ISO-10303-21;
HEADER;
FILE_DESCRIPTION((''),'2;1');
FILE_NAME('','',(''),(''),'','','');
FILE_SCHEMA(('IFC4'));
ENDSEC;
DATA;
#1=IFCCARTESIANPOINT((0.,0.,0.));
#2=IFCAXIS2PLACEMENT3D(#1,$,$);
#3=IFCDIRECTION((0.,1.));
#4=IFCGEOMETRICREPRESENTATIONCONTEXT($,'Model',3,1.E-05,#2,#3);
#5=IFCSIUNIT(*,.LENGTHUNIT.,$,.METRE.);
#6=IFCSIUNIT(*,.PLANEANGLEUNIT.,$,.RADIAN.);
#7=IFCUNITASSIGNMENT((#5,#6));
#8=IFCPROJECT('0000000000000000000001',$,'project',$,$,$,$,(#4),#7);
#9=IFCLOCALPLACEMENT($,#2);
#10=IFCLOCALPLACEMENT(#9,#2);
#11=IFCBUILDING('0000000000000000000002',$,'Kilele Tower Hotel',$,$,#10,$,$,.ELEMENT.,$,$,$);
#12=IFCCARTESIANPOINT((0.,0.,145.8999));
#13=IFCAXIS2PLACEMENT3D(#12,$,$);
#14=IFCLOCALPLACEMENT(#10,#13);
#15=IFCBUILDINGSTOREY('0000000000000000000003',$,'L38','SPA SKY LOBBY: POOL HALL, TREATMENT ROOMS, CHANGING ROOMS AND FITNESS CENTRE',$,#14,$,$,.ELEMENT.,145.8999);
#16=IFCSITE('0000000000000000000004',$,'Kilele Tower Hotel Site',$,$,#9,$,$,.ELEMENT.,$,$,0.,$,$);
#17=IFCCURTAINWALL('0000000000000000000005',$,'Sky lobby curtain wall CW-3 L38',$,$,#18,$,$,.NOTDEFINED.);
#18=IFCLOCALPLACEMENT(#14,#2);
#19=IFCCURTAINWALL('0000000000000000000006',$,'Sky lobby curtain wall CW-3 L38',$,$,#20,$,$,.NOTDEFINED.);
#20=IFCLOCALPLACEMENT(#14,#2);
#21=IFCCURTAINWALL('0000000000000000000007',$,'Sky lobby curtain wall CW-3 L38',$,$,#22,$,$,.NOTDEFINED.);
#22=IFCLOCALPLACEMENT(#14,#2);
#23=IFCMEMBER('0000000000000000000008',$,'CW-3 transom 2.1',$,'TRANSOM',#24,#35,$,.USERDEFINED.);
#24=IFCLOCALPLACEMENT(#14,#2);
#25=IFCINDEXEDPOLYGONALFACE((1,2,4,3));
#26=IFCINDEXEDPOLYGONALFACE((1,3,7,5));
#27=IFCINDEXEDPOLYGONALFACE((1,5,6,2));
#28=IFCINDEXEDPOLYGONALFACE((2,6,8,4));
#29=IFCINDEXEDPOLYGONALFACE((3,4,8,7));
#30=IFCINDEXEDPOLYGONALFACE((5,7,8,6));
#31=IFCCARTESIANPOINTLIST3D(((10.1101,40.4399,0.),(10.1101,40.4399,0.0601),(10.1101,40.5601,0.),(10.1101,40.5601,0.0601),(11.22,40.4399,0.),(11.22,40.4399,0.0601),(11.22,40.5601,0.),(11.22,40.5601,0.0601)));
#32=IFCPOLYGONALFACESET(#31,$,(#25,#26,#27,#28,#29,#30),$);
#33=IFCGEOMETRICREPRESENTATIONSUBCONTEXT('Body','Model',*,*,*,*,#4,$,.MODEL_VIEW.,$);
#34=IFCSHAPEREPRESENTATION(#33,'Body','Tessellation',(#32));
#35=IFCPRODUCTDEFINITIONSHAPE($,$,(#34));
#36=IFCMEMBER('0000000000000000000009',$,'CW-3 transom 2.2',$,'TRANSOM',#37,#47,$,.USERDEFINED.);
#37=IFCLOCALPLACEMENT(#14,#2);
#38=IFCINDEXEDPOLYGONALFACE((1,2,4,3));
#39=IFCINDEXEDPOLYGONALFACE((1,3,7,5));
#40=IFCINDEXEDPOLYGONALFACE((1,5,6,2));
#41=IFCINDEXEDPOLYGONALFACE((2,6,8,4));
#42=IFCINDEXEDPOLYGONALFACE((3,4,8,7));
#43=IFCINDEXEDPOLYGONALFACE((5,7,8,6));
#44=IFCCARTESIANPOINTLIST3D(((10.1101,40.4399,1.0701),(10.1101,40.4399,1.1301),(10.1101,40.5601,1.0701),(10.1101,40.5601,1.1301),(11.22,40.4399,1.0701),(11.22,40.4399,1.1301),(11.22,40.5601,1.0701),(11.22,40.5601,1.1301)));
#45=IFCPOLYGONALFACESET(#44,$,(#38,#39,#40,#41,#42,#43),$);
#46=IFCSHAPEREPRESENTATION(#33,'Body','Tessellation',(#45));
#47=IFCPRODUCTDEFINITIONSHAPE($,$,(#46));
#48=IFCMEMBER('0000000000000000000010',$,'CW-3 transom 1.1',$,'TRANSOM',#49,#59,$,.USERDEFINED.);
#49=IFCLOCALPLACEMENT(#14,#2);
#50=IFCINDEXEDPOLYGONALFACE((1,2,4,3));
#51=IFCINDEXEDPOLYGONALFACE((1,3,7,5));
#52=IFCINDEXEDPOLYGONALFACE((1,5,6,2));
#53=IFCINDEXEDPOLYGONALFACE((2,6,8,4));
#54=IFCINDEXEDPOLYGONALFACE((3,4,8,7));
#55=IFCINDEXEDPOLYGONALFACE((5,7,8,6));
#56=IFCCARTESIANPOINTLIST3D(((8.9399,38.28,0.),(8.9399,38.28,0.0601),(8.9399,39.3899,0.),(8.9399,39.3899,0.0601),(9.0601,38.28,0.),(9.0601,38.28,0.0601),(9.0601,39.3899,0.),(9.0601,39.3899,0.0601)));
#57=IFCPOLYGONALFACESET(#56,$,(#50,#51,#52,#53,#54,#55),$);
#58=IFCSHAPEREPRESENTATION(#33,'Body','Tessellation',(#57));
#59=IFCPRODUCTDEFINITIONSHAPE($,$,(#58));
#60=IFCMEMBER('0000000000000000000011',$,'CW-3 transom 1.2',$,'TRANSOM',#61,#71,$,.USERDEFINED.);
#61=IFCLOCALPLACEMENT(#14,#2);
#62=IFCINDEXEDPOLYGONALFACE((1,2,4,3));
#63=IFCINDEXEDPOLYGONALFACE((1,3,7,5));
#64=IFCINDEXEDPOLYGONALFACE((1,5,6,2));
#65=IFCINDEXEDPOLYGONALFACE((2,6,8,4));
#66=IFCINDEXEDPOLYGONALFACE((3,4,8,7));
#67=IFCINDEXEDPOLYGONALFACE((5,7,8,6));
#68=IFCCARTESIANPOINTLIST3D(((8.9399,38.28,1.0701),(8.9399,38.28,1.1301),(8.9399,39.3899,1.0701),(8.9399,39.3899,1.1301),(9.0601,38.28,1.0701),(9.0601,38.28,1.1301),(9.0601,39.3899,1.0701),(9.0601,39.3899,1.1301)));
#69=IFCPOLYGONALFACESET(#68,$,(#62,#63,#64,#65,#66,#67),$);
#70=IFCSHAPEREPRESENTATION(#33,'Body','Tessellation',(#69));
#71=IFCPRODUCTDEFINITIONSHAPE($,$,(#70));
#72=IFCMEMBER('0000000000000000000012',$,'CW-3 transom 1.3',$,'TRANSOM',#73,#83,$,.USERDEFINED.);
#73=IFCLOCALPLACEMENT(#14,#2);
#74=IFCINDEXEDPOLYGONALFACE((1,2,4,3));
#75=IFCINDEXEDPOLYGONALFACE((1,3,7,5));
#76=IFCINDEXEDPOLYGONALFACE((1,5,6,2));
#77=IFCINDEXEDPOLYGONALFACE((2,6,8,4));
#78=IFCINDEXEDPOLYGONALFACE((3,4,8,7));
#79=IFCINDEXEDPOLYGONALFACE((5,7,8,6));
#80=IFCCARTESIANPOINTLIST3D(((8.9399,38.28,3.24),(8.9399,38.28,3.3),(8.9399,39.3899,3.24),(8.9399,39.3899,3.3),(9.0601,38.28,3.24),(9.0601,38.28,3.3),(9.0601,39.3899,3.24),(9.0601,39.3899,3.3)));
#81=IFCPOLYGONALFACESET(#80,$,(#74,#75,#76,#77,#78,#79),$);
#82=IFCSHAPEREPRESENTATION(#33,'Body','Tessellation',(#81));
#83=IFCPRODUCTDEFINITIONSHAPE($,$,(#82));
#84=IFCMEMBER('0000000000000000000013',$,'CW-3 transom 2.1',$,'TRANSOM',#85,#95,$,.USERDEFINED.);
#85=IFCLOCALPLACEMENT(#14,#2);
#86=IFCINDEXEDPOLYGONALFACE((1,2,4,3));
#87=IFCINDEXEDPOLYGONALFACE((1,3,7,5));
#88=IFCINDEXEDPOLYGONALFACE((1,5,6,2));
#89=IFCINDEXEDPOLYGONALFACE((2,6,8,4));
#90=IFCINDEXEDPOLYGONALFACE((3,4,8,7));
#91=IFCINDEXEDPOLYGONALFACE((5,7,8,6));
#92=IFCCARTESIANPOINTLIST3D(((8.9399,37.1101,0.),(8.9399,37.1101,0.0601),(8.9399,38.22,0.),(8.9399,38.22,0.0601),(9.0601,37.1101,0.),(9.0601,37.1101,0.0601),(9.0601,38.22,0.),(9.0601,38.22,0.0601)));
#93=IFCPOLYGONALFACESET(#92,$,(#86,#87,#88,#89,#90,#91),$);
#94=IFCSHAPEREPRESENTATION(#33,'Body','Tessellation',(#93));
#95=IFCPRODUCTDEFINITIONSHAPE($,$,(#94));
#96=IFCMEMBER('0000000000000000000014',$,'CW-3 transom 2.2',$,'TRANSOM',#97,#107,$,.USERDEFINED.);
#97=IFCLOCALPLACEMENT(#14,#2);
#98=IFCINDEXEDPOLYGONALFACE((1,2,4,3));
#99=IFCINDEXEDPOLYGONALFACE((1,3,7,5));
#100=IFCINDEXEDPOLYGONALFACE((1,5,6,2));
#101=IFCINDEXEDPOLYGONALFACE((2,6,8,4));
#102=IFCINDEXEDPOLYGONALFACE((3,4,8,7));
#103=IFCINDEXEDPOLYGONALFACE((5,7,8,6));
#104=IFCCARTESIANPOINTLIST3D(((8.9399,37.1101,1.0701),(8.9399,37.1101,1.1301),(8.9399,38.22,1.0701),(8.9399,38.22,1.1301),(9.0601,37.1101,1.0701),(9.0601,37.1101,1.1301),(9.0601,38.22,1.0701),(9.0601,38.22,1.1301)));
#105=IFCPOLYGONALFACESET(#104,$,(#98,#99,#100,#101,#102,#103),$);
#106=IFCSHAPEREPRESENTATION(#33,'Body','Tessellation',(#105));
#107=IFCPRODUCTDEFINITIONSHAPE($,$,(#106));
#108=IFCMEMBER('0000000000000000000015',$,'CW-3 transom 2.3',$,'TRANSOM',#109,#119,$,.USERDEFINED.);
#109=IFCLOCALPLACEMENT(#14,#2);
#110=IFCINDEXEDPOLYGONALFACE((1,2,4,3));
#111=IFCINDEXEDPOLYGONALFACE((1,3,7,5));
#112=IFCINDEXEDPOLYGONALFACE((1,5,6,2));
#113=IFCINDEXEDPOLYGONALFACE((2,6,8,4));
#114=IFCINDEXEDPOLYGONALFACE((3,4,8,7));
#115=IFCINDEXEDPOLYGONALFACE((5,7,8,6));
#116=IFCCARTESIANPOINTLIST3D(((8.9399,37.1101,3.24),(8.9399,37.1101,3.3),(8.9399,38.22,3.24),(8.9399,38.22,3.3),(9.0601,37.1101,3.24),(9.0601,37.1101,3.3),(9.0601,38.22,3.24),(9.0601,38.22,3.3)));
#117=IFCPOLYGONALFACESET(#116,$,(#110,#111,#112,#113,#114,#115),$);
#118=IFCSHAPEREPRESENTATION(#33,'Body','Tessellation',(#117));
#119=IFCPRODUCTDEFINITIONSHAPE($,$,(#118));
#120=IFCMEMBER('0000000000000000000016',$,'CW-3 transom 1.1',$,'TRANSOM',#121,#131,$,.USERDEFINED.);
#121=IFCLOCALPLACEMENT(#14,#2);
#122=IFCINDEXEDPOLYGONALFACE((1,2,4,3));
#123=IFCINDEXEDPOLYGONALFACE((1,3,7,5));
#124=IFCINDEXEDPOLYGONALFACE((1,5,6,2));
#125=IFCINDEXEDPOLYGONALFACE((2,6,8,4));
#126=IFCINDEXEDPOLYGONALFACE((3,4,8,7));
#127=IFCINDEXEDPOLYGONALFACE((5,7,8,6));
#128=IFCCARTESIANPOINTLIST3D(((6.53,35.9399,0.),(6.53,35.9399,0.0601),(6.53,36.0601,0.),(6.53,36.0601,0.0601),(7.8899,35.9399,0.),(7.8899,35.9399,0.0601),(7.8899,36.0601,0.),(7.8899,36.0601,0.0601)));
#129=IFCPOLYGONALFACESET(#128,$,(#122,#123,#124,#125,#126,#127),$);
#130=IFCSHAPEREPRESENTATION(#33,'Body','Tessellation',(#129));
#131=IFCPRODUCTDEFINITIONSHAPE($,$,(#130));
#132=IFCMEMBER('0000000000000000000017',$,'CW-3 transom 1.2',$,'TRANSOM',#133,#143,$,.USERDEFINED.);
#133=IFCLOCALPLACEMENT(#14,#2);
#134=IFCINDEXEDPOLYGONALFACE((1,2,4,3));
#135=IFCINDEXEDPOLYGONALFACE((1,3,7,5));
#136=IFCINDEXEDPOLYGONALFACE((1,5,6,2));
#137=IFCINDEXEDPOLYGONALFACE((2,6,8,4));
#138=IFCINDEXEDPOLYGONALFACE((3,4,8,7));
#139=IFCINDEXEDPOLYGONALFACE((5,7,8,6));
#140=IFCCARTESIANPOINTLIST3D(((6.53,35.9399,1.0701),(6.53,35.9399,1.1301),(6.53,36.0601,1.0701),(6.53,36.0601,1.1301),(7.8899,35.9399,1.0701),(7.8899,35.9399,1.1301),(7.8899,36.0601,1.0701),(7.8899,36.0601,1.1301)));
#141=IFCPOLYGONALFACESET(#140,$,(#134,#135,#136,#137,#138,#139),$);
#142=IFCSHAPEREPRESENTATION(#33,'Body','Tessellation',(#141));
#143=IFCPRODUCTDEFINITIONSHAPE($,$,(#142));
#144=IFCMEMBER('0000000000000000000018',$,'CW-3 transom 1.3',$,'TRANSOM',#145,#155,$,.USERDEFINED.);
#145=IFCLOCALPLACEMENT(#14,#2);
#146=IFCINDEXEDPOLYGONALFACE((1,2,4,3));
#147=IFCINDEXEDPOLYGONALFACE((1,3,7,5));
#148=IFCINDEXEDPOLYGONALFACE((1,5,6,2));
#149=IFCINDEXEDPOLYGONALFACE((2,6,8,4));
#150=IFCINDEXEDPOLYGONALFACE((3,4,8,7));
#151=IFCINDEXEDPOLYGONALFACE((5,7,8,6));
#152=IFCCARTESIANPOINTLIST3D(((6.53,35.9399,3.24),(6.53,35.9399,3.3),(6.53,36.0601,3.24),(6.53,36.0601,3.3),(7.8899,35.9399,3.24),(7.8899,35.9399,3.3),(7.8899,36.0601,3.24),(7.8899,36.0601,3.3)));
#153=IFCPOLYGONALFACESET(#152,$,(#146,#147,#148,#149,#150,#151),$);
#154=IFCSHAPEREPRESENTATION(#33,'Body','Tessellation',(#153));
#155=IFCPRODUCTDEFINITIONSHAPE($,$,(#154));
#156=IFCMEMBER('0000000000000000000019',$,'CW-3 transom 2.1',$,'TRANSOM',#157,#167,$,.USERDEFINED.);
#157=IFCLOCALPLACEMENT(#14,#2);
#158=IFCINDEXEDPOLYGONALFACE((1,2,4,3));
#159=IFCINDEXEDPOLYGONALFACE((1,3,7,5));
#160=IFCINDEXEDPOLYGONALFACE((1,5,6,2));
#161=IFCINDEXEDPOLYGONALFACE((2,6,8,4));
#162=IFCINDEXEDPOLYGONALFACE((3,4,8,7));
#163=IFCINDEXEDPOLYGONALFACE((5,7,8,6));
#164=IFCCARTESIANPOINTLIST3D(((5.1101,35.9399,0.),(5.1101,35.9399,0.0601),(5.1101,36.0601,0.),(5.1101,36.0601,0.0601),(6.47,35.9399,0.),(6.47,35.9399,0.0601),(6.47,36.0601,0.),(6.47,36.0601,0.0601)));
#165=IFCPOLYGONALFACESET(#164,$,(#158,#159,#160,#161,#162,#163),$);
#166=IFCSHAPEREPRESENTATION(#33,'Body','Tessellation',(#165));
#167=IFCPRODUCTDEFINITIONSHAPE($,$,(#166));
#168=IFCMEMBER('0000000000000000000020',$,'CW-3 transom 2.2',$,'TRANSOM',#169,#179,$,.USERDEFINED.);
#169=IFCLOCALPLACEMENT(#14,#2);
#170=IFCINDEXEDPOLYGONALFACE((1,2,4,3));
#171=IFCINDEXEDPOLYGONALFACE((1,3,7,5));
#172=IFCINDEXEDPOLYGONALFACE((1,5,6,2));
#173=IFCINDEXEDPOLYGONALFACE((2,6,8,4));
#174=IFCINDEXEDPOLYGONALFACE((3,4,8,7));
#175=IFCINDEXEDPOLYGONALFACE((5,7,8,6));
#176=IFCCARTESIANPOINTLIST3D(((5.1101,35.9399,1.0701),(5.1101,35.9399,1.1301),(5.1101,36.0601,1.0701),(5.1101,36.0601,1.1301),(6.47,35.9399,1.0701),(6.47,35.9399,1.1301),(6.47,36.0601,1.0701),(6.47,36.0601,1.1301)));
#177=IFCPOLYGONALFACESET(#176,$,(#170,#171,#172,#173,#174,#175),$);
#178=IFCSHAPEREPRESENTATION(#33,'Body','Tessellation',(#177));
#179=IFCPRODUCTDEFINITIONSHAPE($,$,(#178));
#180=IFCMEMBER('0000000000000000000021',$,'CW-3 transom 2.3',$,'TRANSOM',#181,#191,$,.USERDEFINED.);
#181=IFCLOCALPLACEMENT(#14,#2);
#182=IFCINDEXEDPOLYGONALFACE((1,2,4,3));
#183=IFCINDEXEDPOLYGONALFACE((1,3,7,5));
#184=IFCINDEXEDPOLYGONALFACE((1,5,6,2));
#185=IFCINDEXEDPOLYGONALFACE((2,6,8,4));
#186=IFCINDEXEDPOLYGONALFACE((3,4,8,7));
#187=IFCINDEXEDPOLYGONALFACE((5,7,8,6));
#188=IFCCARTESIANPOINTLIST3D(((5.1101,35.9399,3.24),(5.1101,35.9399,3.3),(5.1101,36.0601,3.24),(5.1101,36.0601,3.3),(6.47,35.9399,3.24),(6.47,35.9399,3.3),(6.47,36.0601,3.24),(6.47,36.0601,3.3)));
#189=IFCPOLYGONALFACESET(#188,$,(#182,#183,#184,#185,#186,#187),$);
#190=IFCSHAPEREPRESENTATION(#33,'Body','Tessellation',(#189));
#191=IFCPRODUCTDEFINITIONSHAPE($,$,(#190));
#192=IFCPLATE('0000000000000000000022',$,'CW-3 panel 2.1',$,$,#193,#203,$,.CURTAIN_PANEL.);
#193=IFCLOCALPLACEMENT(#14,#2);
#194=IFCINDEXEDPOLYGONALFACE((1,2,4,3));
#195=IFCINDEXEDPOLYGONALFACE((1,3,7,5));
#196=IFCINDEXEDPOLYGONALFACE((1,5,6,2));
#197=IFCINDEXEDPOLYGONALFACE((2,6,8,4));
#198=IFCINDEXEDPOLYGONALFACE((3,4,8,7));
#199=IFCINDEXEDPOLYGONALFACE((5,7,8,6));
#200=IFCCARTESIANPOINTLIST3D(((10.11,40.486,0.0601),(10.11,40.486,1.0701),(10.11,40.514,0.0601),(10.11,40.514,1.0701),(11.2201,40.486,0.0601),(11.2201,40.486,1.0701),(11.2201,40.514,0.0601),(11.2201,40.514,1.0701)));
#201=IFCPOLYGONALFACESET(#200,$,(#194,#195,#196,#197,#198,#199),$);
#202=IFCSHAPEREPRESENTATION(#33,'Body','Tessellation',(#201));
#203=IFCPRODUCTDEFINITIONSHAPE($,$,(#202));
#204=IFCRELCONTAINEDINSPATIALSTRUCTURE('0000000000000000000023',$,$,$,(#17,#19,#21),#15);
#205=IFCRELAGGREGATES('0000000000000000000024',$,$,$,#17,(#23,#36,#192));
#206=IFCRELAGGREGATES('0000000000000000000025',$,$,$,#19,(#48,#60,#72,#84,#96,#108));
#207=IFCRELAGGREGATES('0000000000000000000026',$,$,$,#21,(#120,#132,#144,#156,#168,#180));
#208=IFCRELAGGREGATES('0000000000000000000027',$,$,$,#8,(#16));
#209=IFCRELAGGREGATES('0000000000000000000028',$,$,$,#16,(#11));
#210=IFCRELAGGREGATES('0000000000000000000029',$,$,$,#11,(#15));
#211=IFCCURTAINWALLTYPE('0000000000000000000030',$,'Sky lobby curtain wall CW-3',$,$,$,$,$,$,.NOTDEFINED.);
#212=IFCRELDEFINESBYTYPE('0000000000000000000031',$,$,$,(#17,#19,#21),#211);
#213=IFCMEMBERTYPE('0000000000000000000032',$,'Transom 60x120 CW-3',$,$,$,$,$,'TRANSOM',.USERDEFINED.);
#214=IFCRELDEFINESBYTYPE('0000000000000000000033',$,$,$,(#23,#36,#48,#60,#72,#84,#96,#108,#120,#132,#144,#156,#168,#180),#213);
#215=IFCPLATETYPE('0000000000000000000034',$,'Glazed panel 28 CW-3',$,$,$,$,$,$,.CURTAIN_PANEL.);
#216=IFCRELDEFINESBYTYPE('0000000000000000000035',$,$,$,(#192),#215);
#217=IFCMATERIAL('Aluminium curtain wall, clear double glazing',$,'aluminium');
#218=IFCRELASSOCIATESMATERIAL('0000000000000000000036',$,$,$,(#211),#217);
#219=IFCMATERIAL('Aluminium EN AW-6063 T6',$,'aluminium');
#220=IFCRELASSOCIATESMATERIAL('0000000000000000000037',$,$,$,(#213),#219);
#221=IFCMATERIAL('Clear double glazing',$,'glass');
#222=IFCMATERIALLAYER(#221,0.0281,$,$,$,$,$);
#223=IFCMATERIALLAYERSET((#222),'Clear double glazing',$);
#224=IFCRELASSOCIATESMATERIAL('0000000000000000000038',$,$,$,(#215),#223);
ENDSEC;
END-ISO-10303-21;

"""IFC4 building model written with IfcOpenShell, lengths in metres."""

from ifc_helpers import new_model, si_unit, direction, frame, origin, origin_2d, place, context, subcontext, project, spatial, rectangle, extrude, material, layer, layer_set, material_profile, profile_set, type_object, element, aggregate, save


model = new_model("IFC4")

# Units and contexts
model_context = context("Model", 3, precision=1e-05, world=origin(), true_north=direction((0.0, 1.0)))
body_context = subcontext(model_context, "Body", "Model", "MODEL_VIEW")
ifc_project = project(units=[si_unit("LENGTHUNIT", "METRE"), si_unit("PLANEANGLEUNIT", "RADIAN")], contexts=[model_context])

# Site, building, storey
site_placement = place(None, origin())
site = spatial("IfcSite", under=ifc_project, at=site_placement, Name="Kilele Tower Hotel Site", CompositionType="ELEMENT", RefElevation=0.0)
building_placement = place(site_placement, origin())
building = spatial("IfcBuilding", under=site, at=building_placement, Name="Kilele Tower Hotel", CompositionType="ELEMENT")
storey_placement = place(building_placement, frame((0.0, 0.0, 145.8999)))
storey = spatial("IfcBuildingStorey", under=building, at=storey_placement, Name="L38", Description="SPA SKY LOBBY: POOL HALL, TREATMENT ROOMS, CHANGING ROOMS AND FITNESS CENTRE", CompositionType="ELEMENT", Elevation=145.8999)

# Curtain wall
ifc_material_1 = material(Name="Aluminium curtain wall, clear double glazing", Category="aluminium")
curtain_wall_type = type_object("IfcCurtainWallType", Name="Sky lobby curtain wall CW-3", PredefinedType="NOTDEFINED", material=ifc_material_1)
curtain_wall_1_placement = place(storey_placement, origin())
curtain_wall_1 = element("IfcCurtainWall", 1, at=curtain_wall_1_placement, inside=storey, type_object=curtain_wall_type, Name="Sky lobby curtain wall CW-3 L38", PredefinedType="NOTDEFINED")

# Curtain walls
curtain_wall_2_placement = place(storey_placement, origin())
curtain_wall_2 = element("IfcCurtainWall", 2, at=curtain_wall_2_placement, inside=storey, type_object=curtain_wall_type, Name="Sky lobby curtain wall CW-3 L38", PredefinedType="NOTDEFINED")
curtain_wall_3_placement = place(storey_placement, origin())
curtain_wall_3 = element("IfcCurtainWall", 3, at=curtain_wall_3_placement, inside=storey, type_object=curtain_wall_type, Name="Sky lobby curtain wall CW-3 L38", PredefinedType="NOTDEFINED")

# Members
ifc_material_2 = material(Name="Aluminium EN AW-6063 T6", Category="aluminium")
ifc_material_profile_1 = material_profile(ifc_material_2, rectangle(XDim=0.1201, YDim=0.0601, at=origin_2d()))
ifc_profile_set_1 = profile_set([ifc_material_profile_1], Name="Aluminium EN AW-6063 T6")
member_type_1 = type_object("IfcMemberType", Name="Transom 60x120 CW-3", ElementType="TRANSOM", PredefinedType="USERDEFINED", material=ifc_profile_set_1)
member_1_placement = place(storey_placement, frame((11.22, 40.5, 0.03), z_axis=(-1.0, 0.0, 0.0), x_axis=(0.0, -1.0, 0.0)))
member_1 = element("IfcMember", 4, at=member_1_placement, type_object=member_type_1, Name="CW-3 transom 2.1", ObjectType="TRANSOM", PredefinedType="USERDEFINED", context=body_context, shape_type="SweptSolid", body=[
    extrude(rectangle(XDim=0.1201, YDim=0.0601, at=origin_2d()), origin(), (0.0, 0.0, 1.0), 1.1099),
])
member_2_placement = place(storey_placement, frame((11.22, 40.5, 1.1001), z_axis=(-1.0, 0.0, 0.0), x_axis=(0.0, -1.0, 0.0)))
member_2 = element("IfcMember", 5, at=member_2_placement, type_object=member_type_1, Name="CW-3 transom 2.2", ObjectType="TRANSOM", PredefinedType="USERDEFINED", context=body_context, shape_type="SweptSolid", body=[
    extrude(rectangle(XDim=0.1201, YDim=0.0601, at=origin_2d()), origin(), (0.0, 0.0, 1.0), 1.1099),
])
member_3_placement = place(storey_placement, frame((9.0, 39.3899, 0.03), z_axis=(0.0, -1.0, 0.0), x_axis=(1.0, 0.0, 0.0)))
member_3 = element("IfcMember", 6, at=member_3_placement, type_object=member_type_1, Name="CW-3 transom 1.1", ObjectType="TRANSOM", PredefinedType="USERDEFINED", context=body_context, shape_type="SweptSolid", body=[
    extrude(rectangle(XDim=0.1201, YDim=0.0601, at=origin_2d()), origin(), (0.0, 0.0, 1.0), 1.1099),
])
member_4_placement = place(storey_placement, frame((9.0, 39.3899, 1.1001), z_axis=(0.0, -1.0, 0.0), x_axis=(1.0, 0.0, 0.0)))
member_4 = element("IfcMember", 7, at=member_4_placement, type_object=member_type_1, Name="CW-3 transom 1.2", ObjectType="TRANSOM", PredefinedType="USERDEFINED", context=body_context, shape_type="SweptSolid", body=[
    extrude(rectangle(XDim=0.1201, YDim=0.0601, at=origin_2d()), origin(), (0.0, 0.0, 1.0), 1.1099),
])
member_5_placement = place(storey_placement, frame((9.0, 39.3899, 3.27), z_axis=(0.0, -1.0, 0.0), x_axis=(1.0, 0.0, 0.0)))
member_5 = element("IfcMember", 8, at=member_5_placement, type_object=member_type_1, Name="CW-3 transom 1.3", ObjectType="TRANSOM", PredefinedType="USERDEFINED", context=body_context, shape_type="SweptSolid", body=[
    extrude(rectangle(XDim=0.1201, YDim=0.0601, at=origin_2d()), origin(), (0.0, 0.0, 1.0), 1.1099),
])
member_6_placement = place(storey_placement, frame((9.0, 38.22, 0.03), z_axis=(0.0, -1.0, 0.0), x_axis=(1.0, 0.0, 0.0)))
member_6 = element("IfcMember", 9, at=member_6_placement, type_object=member_type_1, Name="CW-3 transom 2.1", ObjectType="TRANSOM", PredefinedType="USERDEFINED", context=body_context, shape_type="SweptSolid", body=[
    extrude(rectangle(XDim=0.1201, YDim=0.0601, at=origin_2d()), origin(), (0.0, 0.0, 1.0), 1.1099),
])
member_7_placement = place(storey_placement, frame((9.0, 38.22, 1.1001), z_axis=(0.0, -1.0, 0.0), x_axis=(1.0, 0.0, 0.0)))
member_7 = element("IfcMember", 10, at=member_7_placement, type_object=member_type_1, Name="CW-3 transom 2.2", ObjectType="TRANSOM", PredefinedType="USERDEFINED", context=body_context, shape_type="SweptSolid", body=[
    extrude(rectangle(XDim=0.1201, YDim=0.0601, at=origin_2d()), origin(), (0.0, 0.0, 1.0), 1.1099),
])
member_8_placement = place(storey_placement, frame((9.0, 38.22, 3.27), z_axis=(0.0, -1.0, 0.0), x_axis=(1.0, 0.0, 0.0)))
member_8 = element("IfcMember", 11, at=member_8_placement, type_object=member_type_1, Name="CW-3 transom 2.3", ObjectType="TRANSOM", PredefinedType="USERDEFINED", context=body_context, shape_type="SweptSolid", body=[
    extrude(rectangle(XDim=0.1201, YDim=0.0601, at=origin_2d()), origin(), (0.0, 0.0, 1.0), 1.1099),
])
member_9_placement = place(storey_placement, frame((7.8899, 36.0, 0.03), z_axis=(-1.0, 0.0, 0.0), x_axis=(0.0, -1.0, 0.0)))
member_9 = element("IfcMember", 12, at=member_9_placement, type_object=member_type_1, Name="CW-3 transom 1.1", ObjectType="TRANSOM", PredefinedType="USERDEFINED", context=body_context, shape_type="SweptSolid", body=[
    extrude(rectangle(XDim=0.1201, YDim=0.0601, at=origin_2d()), origin(), (0.0, 0.0, 1.0), 1.3599),
])
member_10_placement = place(storey_placement, frame((7.8899, 36.0, 1.1001), z_axis=(-1.0, 0.0, 0.0), x_axis=(0.0, -1.0, 0.0)))
member_10 = element("IfcMember", 13, at=member_10_placement, type_object=member_type_1, Name="CW-3 transom 1.2", ObjectType="TRANSOM", PredefinedType="USERDEFINED", context=body_context, shape_type="SweptSolid", body=[
    extrude(rectangle(XDim=0.1201, YDim=0.0601, at=origin_2d()), origin(), (0.0, 0.0, 1.0), 1.3599),
])
member_11_placement = place(storey_placement, frame((7.8899, 36.0, 3.27), z_axis=(-1.0, 0.0, 0.0), x_axis=(0.0, -1.0, 0.0)))
member_11 = element("IfcMember", 14, at=member_11_placement, type_object=member_type_1, Name="CW-3 transom 1.3", ObjectType="TRANSOM", PredefinedType="USERDEFINED", context=body_context, shape_type="SweptSolid", body=[
    extrude(rectangle(XDim=0.1201, YDim=0.0601, at=origin_2d()), origin(), (0.0, 0.0, 1.0), 1.3599),
])
member_12_placement = place(storey_placement, frame((6.47, 36.0, 0.03), z_axis=(-1.0, 0.0, 0.0), x_axis=(0.0, -1.0, 0.0)))
member_12 = element("IfcMember", 15, at=member_12_placement, type_object=member_type_1, Name="CW-3 transom 2.1", ObjectType="TRANSOM", PredefinedType="USERDEFINED", context=body_context, shape_type="SweptSolid", body=[
    extrude(rectangle(XDim=0.1201, YDim=0.0601, at=origin_2d()), origin(), (0.0, 0.0, 1.0), 1.3599),
])
member_13_placement = place(storey_placement, frame((6.47, 36.0, 1.1001), z_axis=(-1.0, 0.0, 0.0), x_axis=(0.0, -1.0, 0.0)))
member_13 = element("IfcMember", 16, at=member_13_placement, type_object=member_type_1, Name="CW-3 transom 2.2", ObjectType="TRANSOM", PredefinedType="USERDEFINED", context=body_context, shape_type="SweptSolid", body=[
    extrude(rectangle(XDim=0.1201, YDim=0.0601, at=origin_2d()), origin(), (0.0, 0.0, 1.0), 1.3599),
])
member_14_placement = place(storey_placement, frame((6.47, 36.0, 3.27), z_axis=(-1.0, 0.0, 0.0), x_axis=(0.0, -1.0, 0.0)))
member_14 = element("IfcMember", 17, at=member_14_placement, type_object=member_type_1, Name="CW-3 transom 2.3", ObjectType="TRANSOM", PredefinedType="USERDEFINED", context=body_context, shape_type="SweptSolid", body=[
    extrude(rectangle(XDim=0.1201, YDim=0.0601, at=origin_2d()), origin(), (0.0, 0.0, 1.0), 1.3599),
])

# Plate
ifc_material_3 = material(Name="Clear double glazing", Category="glass")
ifc_layer = layer(ifc_material_3, 0.0281)
ifc_layer_set = layer_set([ifc_layer], Name="Clear double glazing")
plate_type = type_object("IfcPlateType", Name="Glazed panel 28 CW-3", PredefinedType="CURTAIN_PANEL", material=ifc_layer_set)
plate_1_placement = place(storey_placement, frame((10.665, 40.5, 0.0601), z_axis=(0.0, 0.0, 1.0), x_axis=(-1.0, 0.0, 0.0)))
plate_1 = element("IfcPlate", 18, at=plate_1_placement, type_object=plate_type, Name="CW-3 panel 2.1", PredefinedType="CURTAIN_PANEL", context=body_context, shape_type="SweptSolid", body=[
    extrude(rectangle(XDim=1.1101, YDim=0.0281, at=origin_2d()), origin(), (0.0, 0.0, 1.0), 1.01),
])
aggregate(curtain_wall_1, [member_1, member_2, plate_1])
aggregate(curtain_wall_2, [member_3, member_4, member_5, member_6, member_7, member_8])
aggregate(curtain_wall_3, [member_9, member_10, member_11, member_12, member_13, member_14])

save(model, "model.ifc")
